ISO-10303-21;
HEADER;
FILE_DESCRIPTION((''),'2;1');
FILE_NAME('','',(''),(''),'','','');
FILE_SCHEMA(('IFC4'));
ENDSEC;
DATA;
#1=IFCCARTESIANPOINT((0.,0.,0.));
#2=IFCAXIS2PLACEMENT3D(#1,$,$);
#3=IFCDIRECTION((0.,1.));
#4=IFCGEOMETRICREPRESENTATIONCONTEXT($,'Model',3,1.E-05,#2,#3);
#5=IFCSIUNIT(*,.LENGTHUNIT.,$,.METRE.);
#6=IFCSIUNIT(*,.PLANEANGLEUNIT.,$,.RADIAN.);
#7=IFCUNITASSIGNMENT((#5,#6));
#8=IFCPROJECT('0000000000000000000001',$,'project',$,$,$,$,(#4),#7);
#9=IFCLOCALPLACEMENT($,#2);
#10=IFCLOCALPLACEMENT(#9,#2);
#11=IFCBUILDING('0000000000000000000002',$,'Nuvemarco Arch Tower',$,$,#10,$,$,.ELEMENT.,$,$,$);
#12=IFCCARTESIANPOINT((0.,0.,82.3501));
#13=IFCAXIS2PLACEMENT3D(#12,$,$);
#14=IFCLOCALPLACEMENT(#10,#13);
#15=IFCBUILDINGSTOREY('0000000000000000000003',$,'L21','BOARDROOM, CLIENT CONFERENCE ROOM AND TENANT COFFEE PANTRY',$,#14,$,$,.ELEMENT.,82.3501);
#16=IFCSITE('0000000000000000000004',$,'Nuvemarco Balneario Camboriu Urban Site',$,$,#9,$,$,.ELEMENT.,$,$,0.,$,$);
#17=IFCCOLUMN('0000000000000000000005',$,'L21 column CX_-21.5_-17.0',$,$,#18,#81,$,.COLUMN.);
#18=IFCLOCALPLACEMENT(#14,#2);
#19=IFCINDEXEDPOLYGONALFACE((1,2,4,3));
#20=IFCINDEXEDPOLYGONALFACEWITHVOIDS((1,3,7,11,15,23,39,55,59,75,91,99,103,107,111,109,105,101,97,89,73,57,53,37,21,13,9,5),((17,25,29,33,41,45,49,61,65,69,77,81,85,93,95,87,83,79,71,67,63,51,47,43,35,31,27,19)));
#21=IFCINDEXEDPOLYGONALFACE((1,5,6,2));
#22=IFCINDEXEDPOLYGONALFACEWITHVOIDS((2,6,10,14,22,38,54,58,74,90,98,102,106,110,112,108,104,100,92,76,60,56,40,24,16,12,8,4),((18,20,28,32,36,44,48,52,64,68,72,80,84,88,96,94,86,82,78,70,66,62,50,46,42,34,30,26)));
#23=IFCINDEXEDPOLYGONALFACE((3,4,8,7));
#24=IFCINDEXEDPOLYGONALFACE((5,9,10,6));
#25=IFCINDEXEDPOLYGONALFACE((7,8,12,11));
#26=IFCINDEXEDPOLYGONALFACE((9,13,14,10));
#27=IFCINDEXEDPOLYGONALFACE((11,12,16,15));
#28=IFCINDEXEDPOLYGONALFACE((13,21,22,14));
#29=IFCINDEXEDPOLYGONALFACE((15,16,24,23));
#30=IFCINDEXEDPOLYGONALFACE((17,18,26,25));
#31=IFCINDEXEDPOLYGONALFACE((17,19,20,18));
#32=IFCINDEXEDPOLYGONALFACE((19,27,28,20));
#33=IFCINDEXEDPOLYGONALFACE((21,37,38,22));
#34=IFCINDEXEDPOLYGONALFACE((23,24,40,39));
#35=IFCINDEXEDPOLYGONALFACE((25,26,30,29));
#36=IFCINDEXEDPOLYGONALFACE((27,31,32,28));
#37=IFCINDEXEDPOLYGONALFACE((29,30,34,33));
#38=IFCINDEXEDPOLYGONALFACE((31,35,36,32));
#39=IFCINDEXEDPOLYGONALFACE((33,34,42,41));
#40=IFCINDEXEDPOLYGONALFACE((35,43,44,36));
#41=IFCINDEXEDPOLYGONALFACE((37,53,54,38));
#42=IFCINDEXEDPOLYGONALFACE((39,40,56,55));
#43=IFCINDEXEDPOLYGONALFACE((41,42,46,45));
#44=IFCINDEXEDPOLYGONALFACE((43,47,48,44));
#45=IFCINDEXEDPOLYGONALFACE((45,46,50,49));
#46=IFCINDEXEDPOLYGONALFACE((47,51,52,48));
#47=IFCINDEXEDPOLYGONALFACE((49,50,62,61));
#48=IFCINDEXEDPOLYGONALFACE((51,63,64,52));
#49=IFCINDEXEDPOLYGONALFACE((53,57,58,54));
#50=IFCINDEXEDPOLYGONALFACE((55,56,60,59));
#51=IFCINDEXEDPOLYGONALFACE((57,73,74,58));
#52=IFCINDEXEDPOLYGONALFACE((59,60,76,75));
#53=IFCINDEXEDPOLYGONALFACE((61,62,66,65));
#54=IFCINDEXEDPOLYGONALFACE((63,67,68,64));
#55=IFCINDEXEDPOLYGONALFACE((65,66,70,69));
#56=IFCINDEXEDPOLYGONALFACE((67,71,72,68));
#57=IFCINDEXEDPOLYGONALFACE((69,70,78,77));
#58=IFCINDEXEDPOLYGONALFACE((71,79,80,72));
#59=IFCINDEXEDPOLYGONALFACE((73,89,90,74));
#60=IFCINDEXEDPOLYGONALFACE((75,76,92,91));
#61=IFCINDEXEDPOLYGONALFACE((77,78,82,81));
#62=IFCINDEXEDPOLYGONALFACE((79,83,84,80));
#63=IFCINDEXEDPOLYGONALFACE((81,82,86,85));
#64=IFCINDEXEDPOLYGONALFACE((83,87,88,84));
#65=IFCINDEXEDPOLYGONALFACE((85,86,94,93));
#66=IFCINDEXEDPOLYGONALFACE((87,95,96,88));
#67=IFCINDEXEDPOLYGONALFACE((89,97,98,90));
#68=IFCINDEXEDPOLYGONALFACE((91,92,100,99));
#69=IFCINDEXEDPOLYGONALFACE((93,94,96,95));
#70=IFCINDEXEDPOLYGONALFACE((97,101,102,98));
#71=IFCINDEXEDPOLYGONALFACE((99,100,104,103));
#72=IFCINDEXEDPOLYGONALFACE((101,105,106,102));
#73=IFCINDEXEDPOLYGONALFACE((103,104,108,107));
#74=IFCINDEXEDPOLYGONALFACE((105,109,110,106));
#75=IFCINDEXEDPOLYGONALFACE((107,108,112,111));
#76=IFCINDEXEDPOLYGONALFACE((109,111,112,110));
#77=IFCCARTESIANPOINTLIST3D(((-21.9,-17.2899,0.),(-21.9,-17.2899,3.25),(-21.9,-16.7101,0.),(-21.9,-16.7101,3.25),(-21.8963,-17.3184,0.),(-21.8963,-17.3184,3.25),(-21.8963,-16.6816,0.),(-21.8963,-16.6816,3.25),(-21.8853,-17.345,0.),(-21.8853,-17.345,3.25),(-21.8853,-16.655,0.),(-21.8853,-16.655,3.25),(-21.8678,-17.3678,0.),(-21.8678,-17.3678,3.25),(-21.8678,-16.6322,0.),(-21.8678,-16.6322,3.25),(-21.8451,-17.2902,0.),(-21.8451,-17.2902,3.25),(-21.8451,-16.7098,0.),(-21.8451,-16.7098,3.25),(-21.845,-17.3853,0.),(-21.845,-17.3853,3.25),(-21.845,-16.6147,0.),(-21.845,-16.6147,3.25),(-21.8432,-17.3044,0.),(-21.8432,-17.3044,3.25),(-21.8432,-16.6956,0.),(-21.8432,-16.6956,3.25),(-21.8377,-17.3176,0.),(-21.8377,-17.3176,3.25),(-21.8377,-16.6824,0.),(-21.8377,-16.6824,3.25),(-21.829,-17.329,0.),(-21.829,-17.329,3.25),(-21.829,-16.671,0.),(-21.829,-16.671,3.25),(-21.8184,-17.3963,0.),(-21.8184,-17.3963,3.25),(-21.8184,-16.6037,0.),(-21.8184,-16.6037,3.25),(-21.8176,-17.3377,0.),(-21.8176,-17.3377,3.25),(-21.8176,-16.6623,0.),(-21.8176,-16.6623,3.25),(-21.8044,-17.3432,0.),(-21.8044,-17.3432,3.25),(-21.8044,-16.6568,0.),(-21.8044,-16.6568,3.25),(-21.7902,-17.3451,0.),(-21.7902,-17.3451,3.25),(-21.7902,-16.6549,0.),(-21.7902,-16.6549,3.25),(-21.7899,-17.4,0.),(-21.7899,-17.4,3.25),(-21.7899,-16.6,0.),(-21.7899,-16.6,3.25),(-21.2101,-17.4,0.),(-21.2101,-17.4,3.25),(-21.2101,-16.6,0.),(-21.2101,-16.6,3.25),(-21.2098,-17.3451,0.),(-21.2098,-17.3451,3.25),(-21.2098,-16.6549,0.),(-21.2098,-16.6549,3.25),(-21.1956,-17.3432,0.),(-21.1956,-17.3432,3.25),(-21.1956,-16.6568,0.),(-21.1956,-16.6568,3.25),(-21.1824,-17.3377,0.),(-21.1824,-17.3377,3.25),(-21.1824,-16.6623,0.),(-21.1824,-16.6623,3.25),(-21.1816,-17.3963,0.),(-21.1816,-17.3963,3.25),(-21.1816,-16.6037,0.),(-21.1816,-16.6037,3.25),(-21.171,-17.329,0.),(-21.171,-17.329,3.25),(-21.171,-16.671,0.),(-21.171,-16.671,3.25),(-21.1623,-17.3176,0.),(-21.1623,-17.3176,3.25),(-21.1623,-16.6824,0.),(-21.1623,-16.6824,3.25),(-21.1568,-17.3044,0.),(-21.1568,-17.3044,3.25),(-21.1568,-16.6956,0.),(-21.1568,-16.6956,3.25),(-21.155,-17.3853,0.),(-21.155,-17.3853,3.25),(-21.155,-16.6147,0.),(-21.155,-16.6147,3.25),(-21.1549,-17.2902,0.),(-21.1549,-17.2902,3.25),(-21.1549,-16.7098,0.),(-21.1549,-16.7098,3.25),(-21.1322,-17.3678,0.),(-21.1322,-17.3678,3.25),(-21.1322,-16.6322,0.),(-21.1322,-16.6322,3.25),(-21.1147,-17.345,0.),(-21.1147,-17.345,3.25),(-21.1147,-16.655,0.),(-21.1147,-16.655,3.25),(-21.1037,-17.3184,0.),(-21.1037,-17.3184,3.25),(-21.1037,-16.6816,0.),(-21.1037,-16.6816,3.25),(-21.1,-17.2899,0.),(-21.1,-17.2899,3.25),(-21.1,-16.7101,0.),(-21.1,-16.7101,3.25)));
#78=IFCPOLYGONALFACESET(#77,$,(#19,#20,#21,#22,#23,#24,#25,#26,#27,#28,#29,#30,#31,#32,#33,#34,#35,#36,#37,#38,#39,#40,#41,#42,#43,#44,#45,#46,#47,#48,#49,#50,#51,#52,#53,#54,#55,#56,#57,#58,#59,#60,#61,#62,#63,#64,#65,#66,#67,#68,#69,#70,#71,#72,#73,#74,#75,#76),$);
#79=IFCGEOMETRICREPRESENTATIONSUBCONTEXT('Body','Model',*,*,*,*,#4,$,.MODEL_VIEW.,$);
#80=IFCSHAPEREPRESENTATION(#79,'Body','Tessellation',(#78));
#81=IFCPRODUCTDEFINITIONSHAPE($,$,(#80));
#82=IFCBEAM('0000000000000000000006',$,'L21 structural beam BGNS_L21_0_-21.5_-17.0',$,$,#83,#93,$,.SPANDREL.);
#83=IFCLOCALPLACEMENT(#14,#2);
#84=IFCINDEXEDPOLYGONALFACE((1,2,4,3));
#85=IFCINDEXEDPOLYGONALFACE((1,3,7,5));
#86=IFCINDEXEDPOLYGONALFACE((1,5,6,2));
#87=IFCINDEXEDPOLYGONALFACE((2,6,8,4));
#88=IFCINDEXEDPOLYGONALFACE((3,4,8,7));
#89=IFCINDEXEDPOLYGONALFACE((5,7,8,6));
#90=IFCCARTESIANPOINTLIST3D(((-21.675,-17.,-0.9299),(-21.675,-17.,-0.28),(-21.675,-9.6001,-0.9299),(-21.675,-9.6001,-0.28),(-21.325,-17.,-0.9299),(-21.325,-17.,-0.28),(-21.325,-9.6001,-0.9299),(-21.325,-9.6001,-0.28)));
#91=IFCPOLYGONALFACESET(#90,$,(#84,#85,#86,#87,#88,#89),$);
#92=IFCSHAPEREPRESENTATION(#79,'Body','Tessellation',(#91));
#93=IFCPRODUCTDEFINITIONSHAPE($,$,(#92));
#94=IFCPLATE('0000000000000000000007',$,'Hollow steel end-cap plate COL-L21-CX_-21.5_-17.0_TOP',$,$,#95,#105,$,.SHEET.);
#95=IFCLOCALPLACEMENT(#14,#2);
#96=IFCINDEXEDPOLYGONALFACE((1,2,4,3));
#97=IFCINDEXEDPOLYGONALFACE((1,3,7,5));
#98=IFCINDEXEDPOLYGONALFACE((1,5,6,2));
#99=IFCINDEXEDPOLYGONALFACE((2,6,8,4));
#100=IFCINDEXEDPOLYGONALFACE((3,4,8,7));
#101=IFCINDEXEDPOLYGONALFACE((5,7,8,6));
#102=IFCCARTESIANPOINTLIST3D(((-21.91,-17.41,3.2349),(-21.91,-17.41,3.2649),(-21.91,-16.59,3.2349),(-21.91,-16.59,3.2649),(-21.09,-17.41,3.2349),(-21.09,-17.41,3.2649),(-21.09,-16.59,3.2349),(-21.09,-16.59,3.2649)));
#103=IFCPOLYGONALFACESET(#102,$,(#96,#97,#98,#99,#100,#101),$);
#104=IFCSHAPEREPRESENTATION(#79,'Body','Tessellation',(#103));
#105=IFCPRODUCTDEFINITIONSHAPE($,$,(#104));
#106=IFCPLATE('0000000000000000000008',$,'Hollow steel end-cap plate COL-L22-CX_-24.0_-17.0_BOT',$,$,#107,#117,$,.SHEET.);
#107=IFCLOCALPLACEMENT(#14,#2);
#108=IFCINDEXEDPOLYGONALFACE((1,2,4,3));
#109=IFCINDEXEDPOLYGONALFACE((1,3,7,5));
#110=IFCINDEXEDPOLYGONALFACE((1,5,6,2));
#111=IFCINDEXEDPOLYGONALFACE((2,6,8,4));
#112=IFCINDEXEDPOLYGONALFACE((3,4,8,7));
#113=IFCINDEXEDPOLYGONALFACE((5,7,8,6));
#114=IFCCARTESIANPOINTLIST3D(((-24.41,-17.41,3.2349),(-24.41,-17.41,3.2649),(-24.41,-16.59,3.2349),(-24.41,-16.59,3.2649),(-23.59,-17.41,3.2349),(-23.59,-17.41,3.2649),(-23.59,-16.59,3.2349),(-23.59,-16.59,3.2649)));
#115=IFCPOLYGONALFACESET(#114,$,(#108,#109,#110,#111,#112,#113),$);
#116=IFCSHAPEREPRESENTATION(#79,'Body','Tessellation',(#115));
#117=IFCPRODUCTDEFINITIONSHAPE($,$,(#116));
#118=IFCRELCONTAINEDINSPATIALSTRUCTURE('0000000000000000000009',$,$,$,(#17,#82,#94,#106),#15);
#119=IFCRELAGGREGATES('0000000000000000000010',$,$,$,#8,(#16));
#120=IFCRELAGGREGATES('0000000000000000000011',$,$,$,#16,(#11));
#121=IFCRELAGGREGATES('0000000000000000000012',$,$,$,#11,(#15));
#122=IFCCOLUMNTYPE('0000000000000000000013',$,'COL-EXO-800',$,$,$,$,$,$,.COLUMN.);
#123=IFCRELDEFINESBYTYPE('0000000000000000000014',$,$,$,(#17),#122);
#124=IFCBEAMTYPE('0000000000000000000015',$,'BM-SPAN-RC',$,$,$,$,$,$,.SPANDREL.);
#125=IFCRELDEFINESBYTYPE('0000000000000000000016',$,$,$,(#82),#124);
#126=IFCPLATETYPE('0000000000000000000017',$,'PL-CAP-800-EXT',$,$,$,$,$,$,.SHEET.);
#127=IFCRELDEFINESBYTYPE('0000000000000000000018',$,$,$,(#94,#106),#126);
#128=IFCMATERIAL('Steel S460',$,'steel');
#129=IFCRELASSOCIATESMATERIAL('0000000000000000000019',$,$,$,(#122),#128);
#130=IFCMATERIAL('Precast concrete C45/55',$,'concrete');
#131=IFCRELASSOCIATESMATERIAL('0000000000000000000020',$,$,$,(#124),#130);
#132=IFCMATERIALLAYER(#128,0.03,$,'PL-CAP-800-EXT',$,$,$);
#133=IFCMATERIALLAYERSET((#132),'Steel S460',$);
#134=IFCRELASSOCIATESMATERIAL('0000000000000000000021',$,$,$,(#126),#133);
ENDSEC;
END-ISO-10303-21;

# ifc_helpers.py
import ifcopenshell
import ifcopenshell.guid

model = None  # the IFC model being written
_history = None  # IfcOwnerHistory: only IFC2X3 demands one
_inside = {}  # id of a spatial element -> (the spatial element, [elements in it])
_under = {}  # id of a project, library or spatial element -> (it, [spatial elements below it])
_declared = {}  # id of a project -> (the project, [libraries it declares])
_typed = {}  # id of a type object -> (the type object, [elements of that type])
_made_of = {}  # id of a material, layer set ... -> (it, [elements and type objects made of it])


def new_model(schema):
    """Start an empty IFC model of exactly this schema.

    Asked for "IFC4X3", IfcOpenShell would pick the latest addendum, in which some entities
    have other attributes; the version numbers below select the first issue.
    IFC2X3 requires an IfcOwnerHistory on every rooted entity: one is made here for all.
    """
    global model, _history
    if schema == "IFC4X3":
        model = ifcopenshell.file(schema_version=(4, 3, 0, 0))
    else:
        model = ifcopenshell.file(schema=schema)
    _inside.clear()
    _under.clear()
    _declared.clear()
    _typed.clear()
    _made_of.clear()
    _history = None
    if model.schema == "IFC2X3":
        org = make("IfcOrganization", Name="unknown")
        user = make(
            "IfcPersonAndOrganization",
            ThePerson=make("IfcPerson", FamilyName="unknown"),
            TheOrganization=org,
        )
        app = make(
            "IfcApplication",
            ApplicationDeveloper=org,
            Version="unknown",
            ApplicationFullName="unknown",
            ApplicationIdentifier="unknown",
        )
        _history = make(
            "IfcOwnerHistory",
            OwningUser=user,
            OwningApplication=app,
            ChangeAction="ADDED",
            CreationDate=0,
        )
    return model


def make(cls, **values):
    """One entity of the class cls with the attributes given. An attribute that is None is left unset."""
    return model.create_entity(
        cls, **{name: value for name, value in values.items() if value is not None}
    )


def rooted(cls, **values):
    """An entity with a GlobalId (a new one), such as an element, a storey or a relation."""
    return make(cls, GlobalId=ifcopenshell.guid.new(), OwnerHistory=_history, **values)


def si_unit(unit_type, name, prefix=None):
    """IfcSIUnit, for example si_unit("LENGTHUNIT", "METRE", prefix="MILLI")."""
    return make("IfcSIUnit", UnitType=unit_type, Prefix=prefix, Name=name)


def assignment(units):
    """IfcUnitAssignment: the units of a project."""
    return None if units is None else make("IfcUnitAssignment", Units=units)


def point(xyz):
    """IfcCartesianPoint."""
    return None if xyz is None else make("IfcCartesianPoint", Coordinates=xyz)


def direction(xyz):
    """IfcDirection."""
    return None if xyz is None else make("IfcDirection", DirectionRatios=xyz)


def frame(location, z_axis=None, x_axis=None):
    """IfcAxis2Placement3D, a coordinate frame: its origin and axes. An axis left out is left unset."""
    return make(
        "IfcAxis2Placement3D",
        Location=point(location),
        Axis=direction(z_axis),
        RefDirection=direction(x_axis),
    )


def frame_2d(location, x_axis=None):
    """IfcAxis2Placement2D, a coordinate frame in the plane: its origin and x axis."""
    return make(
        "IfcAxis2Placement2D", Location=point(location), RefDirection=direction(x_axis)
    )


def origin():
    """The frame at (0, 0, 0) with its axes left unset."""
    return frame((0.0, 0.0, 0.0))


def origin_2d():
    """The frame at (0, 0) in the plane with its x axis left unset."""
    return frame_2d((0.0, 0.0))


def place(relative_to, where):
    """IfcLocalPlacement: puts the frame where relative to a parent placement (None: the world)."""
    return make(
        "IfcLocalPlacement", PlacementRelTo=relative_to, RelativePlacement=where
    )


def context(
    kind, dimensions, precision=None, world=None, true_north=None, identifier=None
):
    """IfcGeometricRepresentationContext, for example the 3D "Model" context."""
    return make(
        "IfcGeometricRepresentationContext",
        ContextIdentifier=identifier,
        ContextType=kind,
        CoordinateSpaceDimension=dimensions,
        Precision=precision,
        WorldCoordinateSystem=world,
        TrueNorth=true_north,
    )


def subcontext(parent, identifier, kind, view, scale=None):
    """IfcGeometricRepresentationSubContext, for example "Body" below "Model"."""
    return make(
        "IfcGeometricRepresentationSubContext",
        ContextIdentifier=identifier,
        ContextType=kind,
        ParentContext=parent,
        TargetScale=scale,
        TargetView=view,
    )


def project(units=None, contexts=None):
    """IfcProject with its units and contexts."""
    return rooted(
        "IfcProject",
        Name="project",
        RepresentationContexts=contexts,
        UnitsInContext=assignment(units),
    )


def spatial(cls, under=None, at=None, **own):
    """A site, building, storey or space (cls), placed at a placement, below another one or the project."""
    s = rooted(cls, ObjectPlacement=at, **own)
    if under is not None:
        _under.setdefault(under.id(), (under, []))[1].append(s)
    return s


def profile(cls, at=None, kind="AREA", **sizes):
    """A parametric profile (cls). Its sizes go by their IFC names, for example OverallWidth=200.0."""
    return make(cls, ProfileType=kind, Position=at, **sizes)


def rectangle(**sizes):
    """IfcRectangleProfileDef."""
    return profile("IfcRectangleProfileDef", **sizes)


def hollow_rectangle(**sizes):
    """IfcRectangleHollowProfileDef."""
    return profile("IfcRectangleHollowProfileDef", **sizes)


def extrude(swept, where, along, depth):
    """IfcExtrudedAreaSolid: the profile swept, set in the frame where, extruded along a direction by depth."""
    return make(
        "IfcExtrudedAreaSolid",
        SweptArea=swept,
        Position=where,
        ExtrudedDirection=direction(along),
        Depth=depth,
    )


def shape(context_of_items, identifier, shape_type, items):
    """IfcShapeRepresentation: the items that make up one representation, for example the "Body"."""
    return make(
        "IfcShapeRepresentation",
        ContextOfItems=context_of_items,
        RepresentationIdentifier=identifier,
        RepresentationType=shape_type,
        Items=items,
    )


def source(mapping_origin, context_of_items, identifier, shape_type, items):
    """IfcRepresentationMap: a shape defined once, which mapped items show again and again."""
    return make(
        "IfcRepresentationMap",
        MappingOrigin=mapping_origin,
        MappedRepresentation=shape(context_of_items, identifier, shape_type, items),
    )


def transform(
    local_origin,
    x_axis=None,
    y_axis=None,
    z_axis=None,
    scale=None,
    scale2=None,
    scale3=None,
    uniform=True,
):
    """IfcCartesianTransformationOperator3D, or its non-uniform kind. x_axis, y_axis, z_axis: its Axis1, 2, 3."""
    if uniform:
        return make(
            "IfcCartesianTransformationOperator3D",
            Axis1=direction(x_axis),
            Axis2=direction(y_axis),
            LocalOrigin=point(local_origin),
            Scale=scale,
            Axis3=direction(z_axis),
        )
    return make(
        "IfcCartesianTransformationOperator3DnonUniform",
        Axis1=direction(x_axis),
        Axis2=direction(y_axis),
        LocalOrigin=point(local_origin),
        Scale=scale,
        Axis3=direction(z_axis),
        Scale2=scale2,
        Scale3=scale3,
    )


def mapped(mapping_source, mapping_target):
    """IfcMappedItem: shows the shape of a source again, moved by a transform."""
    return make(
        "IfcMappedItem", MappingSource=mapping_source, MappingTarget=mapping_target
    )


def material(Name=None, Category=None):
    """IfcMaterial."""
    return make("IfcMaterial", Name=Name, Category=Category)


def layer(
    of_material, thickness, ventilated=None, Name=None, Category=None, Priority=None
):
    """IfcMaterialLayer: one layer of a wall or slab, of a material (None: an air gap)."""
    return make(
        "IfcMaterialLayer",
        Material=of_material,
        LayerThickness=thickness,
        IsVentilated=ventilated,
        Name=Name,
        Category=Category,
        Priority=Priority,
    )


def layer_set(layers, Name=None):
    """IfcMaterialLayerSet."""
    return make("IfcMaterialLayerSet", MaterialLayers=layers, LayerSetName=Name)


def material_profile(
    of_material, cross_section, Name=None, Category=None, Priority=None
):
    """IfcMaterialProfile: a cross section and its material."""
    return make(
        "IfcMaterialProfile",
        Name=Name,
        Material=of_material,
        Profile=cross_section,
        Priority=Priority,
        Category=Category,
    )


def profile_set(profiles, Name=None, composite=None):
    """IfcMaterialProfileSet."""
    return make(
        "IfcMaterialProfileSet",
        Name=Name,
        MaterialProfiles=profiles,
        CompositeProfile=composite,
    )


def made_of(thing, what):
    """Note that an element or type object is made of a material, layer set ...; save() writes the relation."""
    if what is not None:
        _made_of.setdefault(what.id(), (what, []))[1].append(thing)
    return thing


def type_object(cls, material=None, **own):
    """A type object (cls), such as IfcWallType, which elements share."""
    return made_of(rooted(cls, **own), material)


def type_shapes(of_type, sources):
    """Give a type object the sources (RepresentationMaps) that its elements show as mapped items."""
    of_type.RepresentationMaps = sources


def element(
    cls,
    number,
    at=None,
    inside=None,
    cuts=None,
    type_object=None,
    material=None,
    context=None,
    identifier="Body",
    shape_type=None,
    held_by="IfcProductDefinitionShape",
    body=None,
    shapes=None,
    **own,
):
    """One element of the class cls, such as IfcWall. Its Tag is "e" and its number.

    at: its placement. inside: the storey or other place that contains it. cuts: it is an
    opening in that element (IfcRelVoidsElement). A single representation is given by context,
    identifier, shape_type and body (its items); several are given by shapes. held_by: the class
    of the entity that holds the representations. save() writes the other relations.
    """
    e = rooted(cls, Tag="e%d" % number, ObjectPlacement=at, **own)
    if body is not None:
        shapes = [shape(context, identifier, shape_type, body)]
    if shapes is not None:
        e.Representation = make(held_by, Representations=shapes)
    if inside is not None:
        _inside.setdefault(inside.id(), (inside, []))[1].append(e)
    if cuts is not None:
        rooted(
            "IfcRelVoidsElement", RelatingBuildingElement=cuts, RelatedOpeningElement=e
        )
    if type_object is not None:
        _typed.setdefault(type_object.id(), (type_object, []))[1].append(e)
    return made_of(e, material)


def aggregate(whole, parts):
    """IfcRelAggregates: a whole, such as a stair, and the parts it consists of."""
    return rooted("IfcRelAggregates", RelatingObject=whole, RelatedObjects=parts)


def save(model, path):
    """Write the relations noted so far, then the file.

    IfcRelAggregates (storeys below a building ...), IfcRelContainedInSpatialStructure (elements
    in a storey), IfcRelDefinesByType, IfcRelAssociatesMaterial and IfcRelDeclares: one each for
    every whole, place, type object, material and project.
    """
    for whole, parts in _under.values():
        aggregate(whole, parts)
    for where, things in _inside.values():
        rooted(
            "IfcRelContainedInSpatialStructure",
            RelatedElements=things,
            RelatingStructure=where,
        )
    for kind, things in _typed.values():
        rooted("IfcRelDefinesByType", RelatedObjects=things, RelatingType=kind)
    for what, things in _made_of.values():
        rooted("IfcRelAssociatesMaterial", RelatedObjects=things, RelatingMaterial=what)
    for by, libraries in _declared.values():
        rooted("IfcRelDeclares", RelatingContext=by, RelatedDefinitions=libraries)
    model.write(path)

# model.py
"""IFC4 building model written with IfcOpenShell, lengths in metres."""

from ifc_helpers import new_model, si_unit, direction, frame, origin, origin_2d, place, context, subcontext, project, spatial, rectangle, hollow_rectangle, extrude, source, transform, mapped, material, layer, layer_set, material_profile, profile_set, type_object, type_shapes, element, save


model = new_model("IFC4")

# Units and contexts
model_context = context("Model", 3, precision=1e-05, world=origin(), true_north=direction((0.0, 1.0)))
body_context = subcontext(model_context, "Body", "Model", "MODEL_VIEW")
ifc_project = project(units=[si_unit("LENGTHUNIT", "METRE"), si_unit("PLANEANGLEUNIT", "RADIAN")], contexts=[model_context])

# Site, building, storey
site_placement = place(None, origin())
site = spatial("IfcSite", under=ifc_project, at=site_placement, Name="Nuvemarco Balneario Camboriu Urban Site", CompositionType="ELEMENT", RefElevation=0.0)
building_placement = place(site_placement, origin())
building = spatial("IfcBuilding", under=site, at=building_placement, Name="Nuvemarco Arch Tower", CompositionType="ELEMENT")
storey_placement = place(building_placement, frame((0.0, 0.0, 82.3501)))
storey = spatial("IfcBuildingStorey", under=building, at=storey_placement, Name="L21", Description="BOARDROOM, CLIENT CONFERENCE ROOM AND TENANT COFFEE PANTRY", CompositionType="ELEMENT", Elevation=82.3501)

# Column
ifc_material_1 = material(Name="Steel S460", Category="steel")
ifc_material_profile_1 = material_profile(ifc_material_1, hollow_rectangle(XDim=0.8, YDim=0.8, WallThickness=0.0549, InnerFilletRadius=0.0549, OuterFilletRadius=0.1101, at=origin_2d()), Name="SHS800x800x55")
ifc_profile_set_1 = profile_set([ifc_material_profile_1], Name="Steel S460")
column_type = type_object("IfcColumnType", Name="COL-EXO-800", PredefinedType="COLUMN", material=ifc_profile_set_1)
column_placement = place(storey_placement, frame((-21.5, -17.0, 0.0), z_axis=(0.0, 0.0, 1.0), x_axis=(1.0, 0.0, 0.0)))
element("IfcColumn", 1, at=column_placement, inside=storey, type_object=column_type, Name="L21 column CX_-21.5_-17.0", PredefinedType="COLUMN", context=body_context, shape_type="SweptSolid", body=[
    extrude(hollow_rectangle(XDim=0.8, YDim=0.8, WallThickness=0.0549, InnerFilletRadius=0.0549, OuterFilletRadius=0.1101, at=origin_2d()), origin(), (0.0, 0.0, 1.0), 3.25),
])

# Beam
ifc_material_2 = material(Name="Precast concrete C45/55", Category="concrete")
ifc_material_profile_2 = material_profile(ifc_material_2, rectangle(XDim=0.3501, YDim=0.6499, at=origin_2d()), Name="PC-SP-350x650")
ifc_profile_set_2 = profile_set([ifc_material_profile_2], Name="Precast concrete C45/55")
beam_type = type_object("IfcBeamType", Name="BM-SPAN-RC", PredefinedType="SPANDREL", material=ifc_profile_set_2)
beam_placement = place(storey_placement, frame((-21.5, -17.0, -0.605), z_axis=(0.0, 1.0, 0.0), x_axis=(-1.0, 0.0, 0.0)))
element("IfcBeam", 2, at=beam_placement, inside=storey, type_object=beam_type, Name="L21 structural beam BGNS_L21_0_-21.5_-17.0", PredefinedType="SPANDREL", context=body_context, shape_type="SweptSolid", body=[
    extrude(rectangle(XDim=0.3501, YDim=0.6499, at=origin_2d()), origin(), (0.0, 0.0, 1.0), 7.3999),
])

# Plates
ifc_layer_1 = layer(ifc_material_1, 0.03, Name="PL-CAP-800-EXT")
ifc_layer_set_1 = layer_set([ifc_layer_1], Name="Steel S460")
plate_type = type_object("IfcPlateType", Name="PL-CAP-800-EXT", PredefinedType="SHEET", material=ifc_layer_set_1)
shared_shape_1 = source(origin(), body_context, "Body", "SweptSolid", [
    extrude(rectangle(XDim=0.8201, YDim=0.8201, at=origin_2d()), origin(), (0.0, 0.0, 1.0), 0.03),
])
type_shapes(plate_type, [shared_shape_1])
for number, where, z_axis, x_axis, name in (
    (3, (-21.5, -17.0, 3.2349), (0.0, 0.0, 1.0), (1.0, 0.0, 0.0), "Hollow steel end-cap plate COL-L21-CX_-21.5_-17.0_TOP"),
    (4, (-24.0, -17.0, 3.2349), (0.0, 0.0, 1.0), (1.0, 0.0, 0.0), "Hollow steel end-cap plate COL-L22-CX_-24.0_-17.0_BOT"),
):
    element("IfcPlate", number, at=place(storey_placement, frame(where, z_axis=z_axis, x_axis=x_axis)), inside=storey, type_object=plate_type, Name=name, PredefinedType="SHEET", context=body_context, shape_type="MappedRepresentation", body=[
        mapped(shared_shape_1, transform((0.0, 0.0, 0.0), scale=1.0)),
    ])

save(model, "model.ifc")
